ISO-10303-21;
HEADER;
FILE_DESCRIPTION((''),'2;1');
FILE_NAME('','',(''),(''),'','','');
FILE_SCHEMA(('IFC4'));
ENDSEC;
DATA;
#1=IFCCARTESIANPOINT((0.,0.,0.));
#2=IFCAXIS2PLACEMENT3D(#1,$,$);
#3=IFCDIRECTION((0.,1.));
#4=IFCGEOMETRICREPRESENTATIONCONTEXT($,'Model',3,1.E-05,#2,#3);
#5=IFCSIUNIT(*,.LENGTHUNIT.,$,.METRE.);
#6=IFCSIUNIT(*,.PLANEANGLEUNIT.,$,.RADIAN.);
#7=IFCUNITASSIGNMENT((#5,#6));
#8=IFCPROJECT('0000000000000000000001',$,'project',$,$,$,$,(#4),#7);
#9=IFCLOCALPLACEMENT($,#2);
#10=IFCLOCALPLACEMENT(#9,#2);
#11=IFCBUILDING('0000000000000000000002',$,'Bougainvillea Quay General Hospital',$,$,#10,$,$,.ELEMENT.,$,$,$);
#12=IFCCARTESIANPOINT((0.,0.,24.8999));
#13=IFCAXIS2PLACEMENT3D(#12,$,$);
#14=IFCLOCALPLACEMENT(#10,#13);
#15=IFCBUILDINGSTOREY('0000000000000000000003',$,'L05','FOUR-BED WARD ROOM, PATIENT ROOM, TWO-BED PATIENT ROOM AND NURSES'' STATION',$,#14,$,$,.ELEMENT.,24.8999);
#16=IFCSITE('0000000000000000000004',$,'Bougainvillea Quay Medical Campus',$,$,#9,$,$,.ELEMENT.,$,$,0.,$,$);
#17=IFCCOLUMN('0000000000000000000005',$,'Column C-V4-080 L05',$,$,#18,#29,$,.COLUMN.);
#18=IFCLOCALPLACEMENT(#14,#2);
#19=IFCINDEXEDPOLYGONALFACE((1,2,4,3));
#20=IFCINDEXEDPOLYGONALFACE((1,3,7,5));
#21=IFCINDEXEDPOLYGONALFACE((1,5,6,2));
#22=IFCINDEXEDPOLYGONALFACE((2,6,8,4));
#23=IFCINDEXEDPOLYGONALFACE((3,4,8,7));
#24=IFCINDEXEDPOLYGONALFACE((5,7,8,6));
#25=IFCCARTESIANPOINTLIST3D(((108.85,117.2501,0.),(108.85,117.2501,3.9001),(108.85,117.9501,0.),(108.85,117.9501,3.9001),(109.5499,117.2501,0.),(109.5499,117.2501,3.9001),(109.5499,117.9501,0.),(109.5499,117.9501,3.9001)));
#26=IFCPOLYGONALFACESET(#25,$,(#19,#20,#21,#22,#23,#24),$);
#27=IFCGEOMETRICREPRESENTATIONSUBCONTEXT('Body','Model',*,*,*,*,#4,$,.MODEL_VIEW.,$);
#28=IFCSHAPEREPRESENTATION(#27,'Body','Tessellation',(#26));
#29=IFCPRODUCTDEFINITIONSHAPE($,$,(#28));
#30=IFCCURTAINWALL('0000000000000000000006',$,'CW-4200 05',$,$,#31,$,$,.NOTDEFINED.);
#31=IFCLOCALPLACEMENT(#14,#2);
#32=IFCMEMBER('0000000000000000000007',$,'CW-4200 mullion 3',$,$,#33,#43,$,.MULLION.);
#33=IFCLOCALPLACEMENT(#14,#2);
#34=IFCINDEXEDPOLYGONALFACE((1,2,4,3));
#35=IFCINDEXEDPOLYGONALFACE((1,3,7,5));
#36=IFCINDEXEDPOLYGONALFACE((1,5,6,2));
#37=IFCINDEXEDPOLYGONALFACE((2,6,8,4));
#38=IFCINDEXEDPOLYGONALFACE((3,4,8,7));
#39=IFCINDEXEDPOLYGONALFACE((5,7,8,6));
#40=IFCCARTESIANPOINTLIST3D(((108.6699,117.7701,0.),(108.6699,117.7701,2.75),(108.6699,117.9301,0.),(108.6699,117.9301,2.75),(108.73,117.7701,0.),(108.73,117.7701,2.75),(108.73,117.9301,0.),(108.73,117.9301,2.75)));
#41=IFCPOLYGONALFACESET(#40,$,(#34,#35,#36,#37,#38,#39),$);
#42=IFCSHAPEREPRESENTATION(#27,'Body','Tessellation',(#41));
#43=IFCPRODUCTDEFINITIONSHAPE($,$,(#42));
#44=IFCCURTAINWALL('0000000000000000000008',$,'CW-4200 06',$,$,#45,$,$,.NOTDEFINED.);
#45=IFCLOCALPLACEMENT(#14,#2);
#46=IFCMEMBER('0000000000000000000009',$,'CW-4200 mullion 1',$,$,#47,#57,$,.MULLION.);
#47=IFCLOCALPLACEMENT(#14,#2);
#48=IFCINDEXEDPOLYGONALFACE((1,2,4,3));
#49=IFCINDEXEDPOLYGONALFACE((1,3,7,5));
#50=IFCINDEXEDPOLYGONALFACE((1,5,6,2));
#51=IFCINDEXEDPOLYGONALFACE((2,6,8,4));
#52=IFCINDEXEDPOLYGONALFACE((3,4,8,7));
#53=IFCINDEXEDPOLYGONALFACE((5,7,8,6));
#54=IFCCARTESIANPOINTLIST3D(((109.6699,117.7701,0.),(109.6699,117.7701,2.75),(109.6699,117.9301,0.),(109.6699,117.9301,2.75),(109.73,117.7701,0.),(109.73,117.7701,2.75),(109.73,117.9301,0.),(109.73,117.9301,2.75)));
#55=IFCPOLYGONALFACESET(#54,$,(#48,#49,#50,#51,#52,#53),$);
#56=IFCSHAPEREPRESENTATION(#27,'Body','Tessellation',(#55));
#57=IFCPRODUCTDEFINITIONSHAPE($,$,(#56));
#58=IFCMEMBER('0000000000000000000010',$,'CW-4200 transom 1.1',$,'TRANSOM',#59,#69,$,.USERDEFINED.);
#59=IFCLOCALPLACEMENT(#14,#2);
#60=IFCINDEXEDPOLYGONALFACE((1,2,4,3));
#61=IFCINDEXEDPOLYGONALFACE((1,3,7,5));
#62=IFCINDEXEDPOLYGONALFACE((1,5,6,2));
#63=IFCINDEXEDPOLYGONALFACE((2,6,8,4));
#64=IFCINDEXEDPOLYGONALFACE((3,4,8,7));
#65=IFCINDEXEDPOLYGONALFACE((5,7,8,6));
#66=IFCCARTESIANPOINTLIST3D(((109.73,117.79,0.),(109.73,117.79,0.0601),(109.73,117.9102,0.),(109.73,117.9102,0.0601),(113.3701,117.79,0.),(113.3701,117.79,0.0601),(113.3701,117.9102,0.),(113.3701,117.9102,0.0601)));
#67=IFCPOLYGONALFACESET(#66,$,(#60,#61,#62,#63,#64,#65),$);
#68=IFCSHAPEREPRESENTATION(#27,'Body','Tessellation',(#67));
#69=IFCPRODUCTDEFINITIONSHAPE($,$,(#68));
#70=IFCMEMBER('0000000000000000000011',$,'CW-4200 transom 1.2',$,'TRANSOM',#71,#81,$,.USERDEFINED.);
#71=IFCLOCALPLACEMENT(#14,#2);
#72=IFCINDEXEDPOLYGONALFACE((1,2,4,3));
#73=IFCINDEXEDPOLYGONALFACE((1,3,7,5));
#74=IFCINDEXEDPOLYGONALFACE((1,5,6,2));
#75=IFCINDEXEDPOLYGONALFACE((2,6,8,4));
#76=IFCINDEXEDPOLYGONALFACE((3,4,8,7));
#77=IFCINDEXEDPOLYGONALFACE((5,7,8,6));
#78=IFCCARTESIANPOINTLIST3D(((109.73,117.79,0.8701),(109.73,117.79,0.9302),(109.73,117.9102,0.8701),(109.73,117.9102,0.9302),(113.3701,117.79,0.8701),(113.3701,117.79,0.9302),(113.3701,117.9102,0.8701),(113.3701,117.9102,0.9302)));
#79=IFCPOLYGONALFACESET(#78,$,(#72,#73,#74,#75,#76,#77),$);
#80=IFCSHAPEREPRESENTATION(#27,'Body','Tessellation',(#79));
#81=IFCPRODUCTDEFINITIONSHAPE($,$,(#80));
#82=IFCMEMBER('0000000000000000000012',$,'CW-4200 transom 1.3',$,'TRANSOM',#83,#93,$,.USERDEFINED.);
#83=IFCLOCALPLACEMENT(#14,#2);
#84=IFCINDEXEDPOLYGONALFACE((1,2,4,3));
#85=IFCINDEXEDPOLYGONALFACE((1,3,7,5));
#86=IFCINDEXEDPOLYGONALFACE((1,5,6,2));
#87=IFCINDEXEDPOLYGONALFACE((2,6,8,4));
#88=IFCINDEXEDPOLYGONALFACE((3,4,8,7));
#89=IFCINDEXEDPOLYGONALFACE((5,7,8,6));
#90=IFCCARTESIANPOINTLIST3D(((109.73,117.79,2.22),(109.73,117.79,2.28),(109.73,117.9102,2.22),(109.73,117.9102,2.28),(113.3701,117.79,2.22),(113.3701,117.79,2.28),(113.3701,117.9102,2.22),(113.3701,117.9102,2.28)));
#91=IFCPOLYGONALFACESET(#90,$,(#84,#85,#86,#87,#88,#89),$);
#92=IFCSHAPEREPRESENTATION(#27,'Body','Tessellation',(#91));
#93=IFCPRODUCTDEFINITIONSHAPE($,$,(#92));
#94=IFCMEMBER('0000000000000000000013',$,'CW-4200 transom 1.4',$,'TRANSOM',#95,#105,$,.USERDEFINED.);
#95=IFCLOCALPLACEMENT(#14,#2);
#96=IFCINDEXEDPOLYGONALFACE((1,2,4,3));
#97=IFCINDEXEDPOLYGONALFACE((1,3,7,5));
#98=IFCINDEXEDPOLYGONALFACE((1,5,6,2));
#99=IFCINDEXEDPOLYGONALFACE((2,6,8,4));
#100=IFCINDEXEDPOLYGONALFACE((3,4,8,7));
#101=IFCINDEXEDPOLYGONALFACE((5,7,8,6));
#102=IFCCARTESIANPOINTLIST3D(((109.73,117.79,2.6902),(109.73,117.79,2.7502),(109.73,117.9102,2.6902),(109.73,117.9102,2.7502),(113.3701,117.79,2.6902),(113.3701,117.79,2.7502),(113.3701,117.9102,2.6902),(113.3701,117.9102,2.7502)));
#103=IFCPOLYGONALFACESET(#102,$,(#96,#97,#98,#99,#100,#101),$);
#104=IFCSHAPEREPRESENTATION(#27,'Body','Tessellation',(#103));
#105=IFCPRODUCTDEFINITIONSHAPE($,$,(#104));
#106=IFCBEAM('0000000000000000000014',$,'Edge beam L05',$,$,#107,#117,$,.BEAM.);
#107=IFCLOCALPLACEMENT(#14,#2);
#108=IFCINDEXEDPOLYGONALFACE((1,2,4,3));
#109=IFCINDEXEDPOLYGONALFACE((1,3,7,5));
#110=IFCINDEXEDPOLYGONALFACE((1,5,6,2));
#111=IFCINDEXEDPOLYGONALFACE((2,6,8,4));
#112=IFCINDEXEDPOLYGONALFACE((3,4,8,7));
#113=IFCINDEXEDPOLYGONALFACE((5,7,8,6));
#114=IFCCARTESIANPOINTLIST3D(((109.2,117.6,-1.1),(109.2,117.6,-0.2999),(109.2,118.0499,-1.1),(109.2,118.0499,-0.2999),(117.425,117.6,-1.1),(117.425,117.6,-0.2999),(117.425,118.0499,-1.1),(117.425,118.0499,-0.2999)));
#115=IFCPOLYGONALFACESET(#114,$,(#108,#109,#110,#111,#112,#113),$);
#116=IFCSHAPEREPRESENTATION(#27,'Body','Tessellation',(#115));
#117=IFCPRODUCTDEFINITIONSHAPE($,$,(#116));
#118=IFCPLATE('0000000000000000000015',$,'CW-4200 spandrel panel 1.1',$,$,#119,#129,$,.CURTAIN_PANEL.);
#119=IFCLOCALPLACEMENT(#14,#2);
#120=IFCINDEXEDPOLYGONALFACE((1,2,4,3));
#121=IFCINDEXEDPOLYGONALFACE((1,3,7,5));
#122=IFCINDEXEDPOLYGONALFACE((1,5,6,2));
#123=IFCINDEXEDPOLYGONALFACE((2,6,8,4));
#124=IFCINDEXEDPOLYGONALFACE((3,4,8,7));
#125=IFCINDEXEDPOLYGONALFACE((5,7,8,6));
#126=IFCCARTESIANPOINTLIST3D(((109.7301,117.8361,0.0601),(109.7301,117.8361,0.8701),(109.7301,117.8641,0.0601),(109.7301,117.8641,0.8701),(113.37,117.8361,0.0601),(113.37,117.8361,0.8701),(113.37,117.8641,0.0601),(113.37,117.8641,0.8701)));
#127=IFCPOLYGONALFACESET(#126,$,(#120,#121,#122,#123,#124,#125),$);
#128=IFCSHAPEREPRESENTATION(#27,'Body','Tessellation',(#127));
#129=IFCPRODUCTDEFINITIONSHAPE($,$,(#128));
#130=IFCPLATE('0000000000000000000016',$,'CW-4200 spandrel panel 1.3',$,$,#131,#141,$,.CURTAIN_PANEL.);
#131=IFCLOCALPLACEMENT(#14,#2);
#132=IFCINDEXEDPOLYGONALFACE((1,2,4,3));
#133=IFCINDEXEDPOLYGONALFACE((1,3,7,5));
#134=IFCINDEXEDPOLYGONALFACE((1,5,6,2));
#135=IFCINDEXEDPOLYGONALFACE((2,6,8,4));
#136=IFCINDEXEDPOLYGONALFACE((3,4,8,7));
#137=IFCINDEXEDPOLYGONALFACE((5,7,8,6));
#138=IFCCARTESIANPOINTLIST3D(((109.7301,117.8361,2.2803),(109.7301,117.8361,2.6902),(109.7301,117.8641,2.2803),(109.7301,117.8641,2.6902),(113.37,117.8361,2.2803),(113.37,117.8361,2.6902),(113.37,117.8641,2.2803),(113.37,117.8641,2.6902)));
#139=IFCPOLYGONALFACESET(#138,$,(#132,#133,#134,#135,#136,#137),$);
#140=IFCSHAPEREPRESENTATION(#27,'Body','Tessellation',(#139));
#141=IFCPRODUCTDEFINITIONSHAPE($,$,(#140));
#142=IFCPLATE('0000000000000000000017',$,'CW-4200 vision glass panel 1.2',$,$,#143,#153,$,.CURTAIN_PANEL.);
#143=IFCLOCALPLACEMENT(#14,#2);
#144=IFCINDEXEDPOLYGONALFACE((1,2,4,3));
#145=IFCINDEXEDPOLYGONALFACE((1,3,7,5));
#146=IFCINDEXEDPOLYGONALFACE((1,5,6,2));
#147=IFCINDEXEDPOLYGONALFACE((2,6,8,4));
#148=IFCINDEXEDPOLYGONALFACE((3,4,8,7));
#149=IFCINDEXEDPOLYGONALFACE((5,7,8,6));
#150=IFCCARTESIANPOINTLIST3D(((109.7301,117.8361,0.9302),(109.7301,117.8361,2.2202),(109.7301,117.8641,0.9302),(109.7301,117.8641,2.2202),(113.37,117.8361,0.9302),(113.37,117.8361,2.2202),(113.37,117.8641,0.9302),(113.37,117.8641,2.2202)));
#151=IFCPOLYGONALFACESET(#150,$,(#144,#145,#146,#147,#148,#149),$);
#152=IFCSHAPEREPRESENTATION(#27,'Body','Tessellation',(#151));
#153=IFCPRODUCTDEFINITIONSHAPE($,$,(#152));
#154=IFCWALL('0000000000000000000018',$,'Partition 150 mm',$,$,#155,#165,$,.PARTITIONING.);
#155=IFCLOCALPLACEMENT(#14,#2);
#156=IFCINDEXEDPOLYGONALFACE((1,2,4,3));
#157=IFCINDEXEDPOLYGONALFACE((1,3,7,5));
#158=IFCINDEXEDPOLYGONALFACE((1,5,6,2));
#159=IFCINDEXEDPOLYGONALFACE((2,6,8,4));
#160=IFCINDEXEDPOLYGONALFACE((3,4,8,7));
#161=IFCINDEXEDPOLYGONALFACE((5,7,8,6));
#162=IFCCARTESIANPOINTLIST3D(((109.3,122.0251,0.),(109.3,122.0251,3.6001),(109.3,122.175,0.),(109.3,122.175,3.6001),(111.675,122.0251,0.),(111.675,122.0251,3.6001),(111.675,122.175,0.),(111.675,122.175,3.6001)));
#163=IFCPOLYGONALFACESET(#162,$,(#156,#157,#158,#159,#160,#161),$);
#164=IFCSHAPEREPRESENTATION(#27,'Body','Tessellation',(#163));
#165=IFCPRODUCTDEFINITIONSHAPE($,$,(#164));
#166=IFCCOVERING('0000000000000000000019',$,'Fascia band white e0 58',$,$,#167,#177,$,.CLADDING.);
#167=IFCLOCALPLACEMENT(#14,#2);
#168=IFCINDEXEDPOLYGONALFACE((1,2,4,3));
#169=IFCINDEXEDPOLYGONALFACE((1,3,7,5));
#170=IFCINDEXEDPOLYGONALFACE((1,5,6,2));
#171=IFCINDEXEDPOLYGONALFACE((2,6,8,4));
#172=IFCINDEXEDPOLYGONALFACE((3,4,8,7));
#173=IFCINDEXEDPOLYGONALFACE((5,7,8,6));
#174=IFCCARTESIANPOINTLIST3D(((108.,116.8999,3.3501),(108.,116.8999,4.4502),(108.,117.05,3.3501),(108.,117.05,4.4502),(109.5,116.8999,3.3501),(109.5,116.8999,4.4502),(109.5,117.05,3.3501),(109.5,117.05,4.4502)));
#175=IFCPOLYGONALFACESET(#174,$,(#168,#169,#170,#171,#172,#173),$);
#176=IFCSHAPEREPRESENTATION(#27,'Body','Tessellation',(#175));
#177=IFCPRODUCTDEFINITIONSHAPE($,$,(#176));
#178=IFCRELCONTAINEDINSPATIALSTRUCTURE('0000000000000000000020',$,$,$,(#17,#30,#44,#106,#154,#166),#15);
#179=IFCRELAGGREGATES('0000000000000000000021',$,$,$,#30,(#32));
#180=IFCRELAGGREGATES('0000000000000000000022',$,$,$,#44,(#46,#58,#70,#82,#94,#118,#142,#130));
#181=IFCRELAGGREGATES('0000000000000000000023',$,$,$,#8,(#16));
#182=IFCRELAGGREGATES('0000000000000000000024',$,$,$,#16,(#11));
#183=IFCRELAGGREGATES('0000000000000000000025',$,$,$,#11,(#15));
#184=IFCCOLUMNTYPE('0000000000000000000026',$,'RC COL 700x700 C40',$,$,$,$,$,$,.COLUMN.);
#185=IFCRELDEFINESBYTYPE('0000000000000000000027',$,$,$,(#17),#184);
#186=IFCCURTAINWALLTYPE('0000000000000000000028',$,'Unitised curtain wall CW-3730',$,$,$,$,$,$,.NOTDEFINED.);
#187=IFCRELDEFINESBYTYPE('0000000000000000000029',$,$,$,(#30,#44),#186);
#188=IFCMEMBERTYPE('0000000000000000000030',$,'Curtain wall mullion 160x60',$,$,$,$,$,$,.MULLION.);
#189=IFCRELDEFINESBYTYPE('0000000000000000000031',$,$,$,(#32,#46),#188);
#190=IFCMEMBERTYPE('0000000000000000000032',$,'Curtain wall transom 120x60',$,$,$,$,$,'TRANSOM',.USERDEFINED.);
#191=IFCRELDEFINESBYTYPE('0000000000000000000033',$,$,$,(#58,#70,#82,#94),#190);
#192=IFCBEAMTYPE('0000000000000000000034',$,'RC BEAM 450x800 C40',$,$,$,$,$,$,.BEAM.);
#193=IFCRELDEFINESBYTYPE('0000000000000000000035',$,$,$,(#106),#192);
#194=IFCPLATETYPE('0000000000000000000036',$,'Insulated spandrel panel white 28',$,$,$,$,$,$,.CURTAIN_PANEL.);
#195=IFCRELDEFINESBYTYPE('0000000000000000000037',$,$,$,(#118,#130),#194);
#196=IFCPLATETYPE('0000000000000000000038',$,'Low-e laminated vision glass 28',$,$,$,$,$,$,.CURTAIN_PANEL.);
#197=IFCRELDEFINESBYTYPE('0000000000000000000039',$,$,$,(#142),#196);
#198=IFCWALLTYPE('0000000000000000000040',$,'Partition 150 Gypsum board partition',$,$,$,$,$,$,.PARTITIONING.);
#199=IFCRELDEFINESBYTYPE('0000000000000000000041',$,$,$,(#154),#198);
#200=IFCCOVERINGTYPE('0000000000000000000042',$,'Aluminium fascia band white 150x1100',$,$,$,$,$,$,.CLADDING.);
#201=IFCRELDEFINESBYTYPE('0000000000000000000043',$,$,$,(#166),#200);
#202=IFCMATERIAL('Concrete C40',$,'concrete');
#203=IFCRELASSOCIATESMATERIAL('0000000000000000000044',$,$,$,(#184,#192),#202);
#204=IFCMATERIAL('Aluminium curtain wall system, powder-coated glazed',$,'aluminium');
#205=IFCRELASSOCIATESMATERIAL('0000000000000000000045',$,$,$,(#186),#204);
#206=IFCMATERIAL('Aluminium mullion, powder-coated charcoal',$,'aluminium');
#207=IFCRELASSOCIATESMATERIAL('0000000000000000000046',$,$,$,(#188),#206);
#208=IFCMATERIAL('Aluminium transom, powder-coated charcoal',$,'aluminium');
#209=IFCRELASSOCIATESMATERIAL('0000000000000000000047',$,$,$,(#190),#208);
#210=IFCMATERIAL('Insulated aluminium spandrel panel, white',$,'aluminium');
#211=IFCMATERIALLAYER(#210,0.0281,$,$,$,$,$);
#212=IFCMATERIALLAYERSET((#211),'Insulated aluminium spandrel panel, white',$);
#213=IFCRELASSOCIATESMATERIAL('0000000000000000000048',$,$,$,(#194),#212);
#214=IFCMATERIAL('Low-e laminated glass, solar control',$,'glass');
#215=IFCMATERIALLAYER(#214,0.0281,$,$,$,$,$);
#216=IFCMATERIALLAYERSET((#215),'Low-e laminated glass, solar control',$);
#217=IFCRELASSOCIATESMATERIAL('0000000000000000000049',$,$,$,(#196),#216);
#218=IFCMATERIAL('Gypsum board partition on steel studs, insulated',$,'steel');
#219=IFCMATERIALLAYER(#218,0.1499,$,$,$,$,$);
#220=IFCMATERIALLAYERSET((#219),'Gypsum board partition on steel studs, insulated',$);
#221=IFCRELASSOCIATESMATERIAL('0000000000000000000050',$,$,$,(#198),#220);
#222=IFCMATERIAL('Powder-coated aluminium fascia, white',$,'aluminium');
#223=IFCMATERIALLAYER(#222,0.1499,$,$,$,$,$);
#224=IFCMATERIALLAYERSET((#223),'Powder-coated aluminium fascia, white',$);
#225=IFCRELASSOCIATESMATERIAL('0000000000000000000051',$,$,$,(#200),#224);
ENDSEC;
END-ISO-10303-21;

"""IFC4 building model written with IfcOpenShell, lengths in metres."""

from ifc_helpers import new_model, si_unit, direction, frame, frame_2d, origin, origin_2d, place, context, subcontext, project, spatial, polyline, rectangle, outline, extrude, material, layer, layer_set, material_profile, profile_set, type_object, element, aggregate, save


model = new_model("IFC4")

# Units and contexts
model_context = context("Model", 3, precision=1e-05, world=origin(), true_north=direction((0.0, 1.0)))
body_context = subcontext(model_context, "Body", "Model", "MODEL_VIEW")
ifc_project = project(units=[si_unit("LENGTHUNIT", "METRE"), si_unit("PLANEANGLEUNIT", "RADIAN")], contexts=[model_context])

# Site, building, storey
site_placement = place(None, origin())
site = spatial("IfcSite", under=ifc_project, at=site_placement, Name="Bougainvillea Quay Medical Campus", CompositionType="ELEMENT", RefElevation=0.0)
building_placement = place(site_placement, origin())
building = spatial("IfcBuilding", under=site, at=building_placement, Name="Bougainvillea Quay General Hospital", CompositionType="ELEMENT")
storey_placement = place(building_placement, frame((0.0, 0.0, 24.8999)))
storey = spatial("IfcBuildingStorey", under=building, at=storey_placement, Name="L05", Description="FOUR-BED WARD ROOM, PATIENT ROOM, TWO-BED PATIENT ROOM AND NURSES' STATION", CompositionType="ELEMENT", Elevation=24.8999)

# Column
ifc_material_1 = material(Name="Concrete C40", Category="concrete")
ifc_material_profile_1 = material_profile(ifc_material_1, rectangle(XDim=0.7, YDim=0.7, at=origin_2d()))
ifc_profile_set_1 = profile_set([ifc_material_profile_1], Name="Concrete C40")
column_type = type_object("IfcColumnType", Name="RC COL 700x700 C40", PredefinedType="COLUMN", material=ifc_profile_set_1)
column_placement = place(storey_placement, frame((109.2, 117.6001, 0.0), z_axis=(0.0, 0.0, 1.0), x_axis=(1.0, 0.0, 0.0)))
element("IfcColumn", 1, at=column_placement, inside=storey, type_object=column_type, Name="Column C-V4-080 L05", PredefinedType="COLUMN", context=body_context, shape_type="SweptSolid", body=[
    extrude(rectangle(XDim=0.7, YDim=0.7, at=origin_2d()), origin(), (0.0, 0.0, 1.0), 3.9001),
])

# Curtain wall, member
ifc_material_2 = material(Name="Aluminium curtain wall system, powder-coated glazed", Category="aluminium")
curtain_wall_type = type_object("IfcCurtainWallType", Name="Unitised curtain wall CW-3730", PredefinedType="NOTDEFINED", material=ifc_material_2)
curtain_wall_1_placement = place(storey_placement, origin())
curtain_wall_1 = element("IfcCurtainWall", 2, at=curtain_wall_1_placement, inside=storey, type_object=curtain_wall_type, Name="CW-4200 05", PredefinedType="NOTDEFINED")
ifc_material_3 = material(Name="Aluminium mullion, powder-coated charcoal", Category="aluminium")
ifc_material_profile_2 = material_profile(ifc_material_3, rectangle(XDim=0.1599, YDim=0.0601, at=origin_2d()))
ifc_profile_set_2 = profile_set([ifc_material_profile_2], Name="Aluminium mullion, powder-coated charcoal")
member_type_1 = type_object("IfcMemberType", Name="Curtain wall mullion 160x60", PredefinedType="MULLION", material=ifc_profile_set_2)
member_1_placement = place(storey_placement, frame((108.7, 117.8501, 0.0), z_axis=(0.0, 0.0, 1.0), x_axis=(0.0, 1.0, 0.0)))
member_1 = element("IfcMember", 3, at=member_1_placement, type_object=member_type_1, Name="CW-4200 mullion 3", PredefinedType="MULLION", context=body_context, shape_type="SweptSolid", body=[
    extrude(rectangle(XDim=0.1599, YDim=0.0601, at=origin_2d()), origin(), (0.0, 0.0, 1.0), 2.75),
])
aggregate(curtain_wall_1, [member_1])

# Curtain wall, members
curtain_wall_2_placement = place(storey_placement, origin())
curtain_wall_2 = element("IfcCurtainWall", 4, at=curtain_wall_2_placement, inside=storey, type_object=curtain_wall_type, Name="CW-4200 06", PredefinedType="NOTDEFINED")
member_2_placement = place(storey_placement, frame((109.7, 117.8501, 0.0), z_axis=(0.0, 0.0, 1.0), x_axis=(0.0, 1.0, 0.0)))
member_2 = element("IfcMember", 5, at=member_2_placement, type_object=member_type_1, Name="CW-4200 mullion 1", PredefinedType="MULLION", context=body_context, shape_type="SweptSolid", body=[
    extrude(rectangle(XDim=0.1599, YDim=0.0601, at=origin_2d()), origin(), (0.0, 0.0, 1.0), 2.75),
])
ifc_material_4 = material(Name="Aluminium transom, powder-coated charcoal", Category="aluminium")
ifc_material_profile_3 = material_profile(ifc_material_4, rectangle(XDim=0.1201, YDim=0.0601, at=origin_2d()))
ifc_profile_set_3 = profile_set([ifc_material_profile_3], Name="Aluminium transom, powder-coated charcoal")
member_type_2 = type_object("IfcMemberType", Name="Curtain wall transom 120x60", ElementType="TRANSOM", PredefinedType="USERDEFINED", material=ifc_profile_set_3)
member_3_placement = place(storey_placement, frame((109.73, 117.8501, 0.03), z_axis=(1.0, 0.0, 0.0), x_axis=(0.0, 1.0, 0.0)))
member_3 = element("IfcMember", 6, at=member_3_placement, type_object=member_type_2, Name="CW-4200 transom 1.1", ObjectType="TRANSOM", PredefinedType="USERDEFINED", context=body_context, shape_type="SweptSolid", body=[
    extrude(rectangle(XDim=0.1201, YDim=0.0601, at=origin_2d()), origin(), (0.0, 0.0, 1.0), 3.6401),
])
member_4_placement = place(storey_placement, frame((109.73, 117.8501, 0.9001), z_axis=(1.0, 0.0, 0.0), x_axis=(0.0, 1.0, 0.0)))
member_4 = element("IfcMember", 7, at=member_4_placement, type_object=member_type_2, Name="CW-4200 transom 1.2", ObjectType="TRANSOM", PredefinedType="USERDEFINED", context=body_context, shape_type="SweptSolid", body=[
    extrude(rectangle(XDim=0.1201, YDim=0.0601, at=origin_2d()), origin(), (0.0, 0.0, 1.0), 3.6401),
])
member_5_placement = place(storey_placement, frame((109.73, 117.8501, 2.25), z_axis=(1.0, 0.0, 0.0), x_axis=(0.0, 1.0, 0.0)))
member_5 = element("IfcMember", 8, at=member_5_placement, type_object=member_type_2, Name="CW-4200 transom 1.3", ObjectType="TRANSOM", PredefinedType="USERDEFINED", context=body_context, shape_type="SweptSolid", body=[
    extrude(rectangle(XDim=0.1201, YDim=0.0601, at=origin_2d()), origin(), (0.0, 0.0, 1.0), 3.6401),
])
member_6_placement = place(storey_placement, frame((109.73, 117.8501, 2.7202), z_axis=(1.0, 0.0, 0.0), x_axis=(0.0, 1.0, 0.0)))
member_6 = element("IfcMember", 9, at=member_6_placement, type_object=member_type_2, Name="CW-4200 transom 1.4", ObjectType="TRANSOM", PredefinedType="USERDEFINED", context=body_context, shape_type="SweptSolid", body=[
    extrude(rectangle(XDim=0.1201, YDim=0.0601, at=origin_2d()), origin(), (0.0, 0.0, 1.0), 3.6401),
])

# Beam
ifc_material_profile_4 = material_profile(ifc_material_1, rectangle(XDim=0.45, YDim=0.8, at=origin_2d()))
ifc_profile_set_4 = profile_set([ifc_material_profile_4], Name="Concrete C40")
beam_type = type_object("IfcBeamType", Name="RC BEAM 450x800 C40", PredefinedType="BEAM", material=ifc_profile_set_4)
beam_placement = place(storey_placement, frame((109.2, 117.825, -0.7), z_axis=(1.0, 0.0, 0.0), x_axis=(0.0, 1.0, 0.0)))
element("IfcBeam", 10, at=beam_placement, inside=storey, type_object=beam_type, Name="Edge beam L05", PredefinedType="BEAM", context=body_context, shape_type="SweptSolid", body=[
    extrude(rectangle(XDim=0.45, YDim=0.8, at=origin_2d()), origin(), (0.0, 0.0, 1.0), 8.2251),
])

# Plates
ifc_material_5 = material(Name="Insulated aluminium spandrel panel, white", Category="aluminium")
ifc_layer_1 = layer(ifc_material_5, 0.0281)
ifc_layer_set_1 = layer_set([ifc_layer_1], Name="Insulated aluminium spandrel panel, white")
plate_type_1 = type_object("IfcPlateType", Name="Insulated spandrel panel white 28", PredefinedType="CURTAIN_PANEL", material=ifc_layer_set_1)
plate_1_placement = place(storey_placement, frame((111.55, 117.8501, 0.0601), z_axis=(0.0, 0.0, 1.0), x_axis=(1.0, 0.0, 0.0)))
plate_1 = element("IfcPlate", 11, at=plate_1_placement, type_object=plate_type_1, Name="CW-4200 spandrel panel 1.1", PredefinedType="CURTAIN_PANEL", context=body_context, shape_type="SweptSolid", body=[
    extrude(rectangle(XDim=3.6399, YDim=0.0281, at=origin_2d()), origin(), (0.0, 0.0, 1.0), 0.8101),
])
plate_2_placement = place(storey_placement, frame((111.55, 117.8501, 2.2803), z_axis=(0.0, 0.0, 1.0), x_axis=(1.0, 0.0, 0.0)))
plate_2 = element("IfcPlate", 12, at=plate_2_placement, type_object=plate_type_1, Name="CW-4200 spandrel panel 1.3", PredefinedType="CURTAIN_PANEL", context=body_context, shape_type="SweptSolid", body=[
    extrude(rectangle(XDim=3.6399, YDim=0.0281, at=origin_2d()), origin(), (0.0, 0.0, 1.0), 0.4099),
])
ifc_material_6 = material(Name="Low-e laminated glass, solar control", Category="glass")
ifc_layer_2 = layer(ifc_material_6, 0.0281)
ifc_layer_set_2 = layer_set([ifc_layer_2], Name="Low-e laminated glass, solar control")
plate_type_2 = type_object("IfcPlateType", Name="Low-e laminated vision glass 28", PredefinedType="CURTAIN_PANEL", material=ifc_layer_set_2)
plate_3_placement = place(storey_placement, frame((111.55, 117.8501, 0.9302), z_axis=(0.0, 0.0, 1.0), x_axis=(1.0, 0.0, 0.0)))
plate_3 = element("IfcPlate", 13, at=plate_3_placement, type_object=plate_type_2, Name="CW-4200 vision glass panel 1.2", PredefinedType="CURTAIN_PANEL", context=body_context, shape_type="SweptSolid", body=[
    extrude(rectangle(XDim=3.6399, YDim=0.0281, at=origin_2d()), origin(), (0.0, 0.0, 1.0), 1.29),
])
aggregate(curtain_wall_2, [member_2, member_3, member_4, member_5, member_6, plate_1, plate_3, plate_2])

# Wall
ifc_material_7 = material(Name="Gypsum board partition on steel studs, insulated", Category="steel")
ifc_layer_3 = layer(ifc_material_7, 0.1499)
ifc_layer_set_3 = layer_set([ifc_layer_3], Name="Gypsum board partition on steel studs, insulated")
wall_type = type_object("IfcWallType", Name="Partition 150 Gypsum board partition", PredefinedType="PARTITIONING", material=ifc_layer_set_3)
wall_placement = place(storey_placement, frame((109.3, 122.1001, 0.0), z_axis=(0.0, 0.0, 1.0), x_axis=(1.0, 0.0, 0.0)))
element("IfcWall", 14, at=wall_placement, inside=storey, type_object=wall_type, Name="Partition 150 mm", PredefinedType="PARTITIONING", context=body_context, shape_type="SweptSolid", body=[
    extrude(rectangle(XDim=2.375, YDim=0.1499, at=frame_2d((1.1875, 0.0))), origin(), (0.0, 0.0, 1.0), 3.6001),
])

# Covering
ifc_material_8 = material(Name="Powder-coated aluminium fascia, white", Category="aluminium")
ifc_layer_4 = layer(ifc_material_8, 0.1499)
ifc_layer_set_4 = layer_set([ifc_layer_4], Name="Powder-coated aluminium fascia, white")
covering_type = type_object("IfcCoveringType", Name="Aluminium fascia band white 150x1100", PredefinedType="CLADDING", material=ifc_layer_set_4)
for number, where, z_axis, x_axis, name in (
    (15, (108.0, 117.05, 3.3501), (0.0, 0.0, 1.0), (1.0, 0.0, 0.0), "Fascia band white e0 58"),
):
    element("IfcCovering", number, at=place(storey_placement, frame(where, z_axis=z_axis, x_axis=x_axis)), inside=storey, type_object=covering_type, Name=name, PredefinedType="CLADDING", context=body_context, shape_type="SweptSolid", body=[
        extrude(outline(polyline([(0.0, 0.0), (1.5, 0.0), (1.5, -0.1501), (0.0, -0.1501), (0.0, 0.0)])), origin(), (0.0, 0.0, 1.0), 1.1001),
    ])

save(model, "model.ifc")
